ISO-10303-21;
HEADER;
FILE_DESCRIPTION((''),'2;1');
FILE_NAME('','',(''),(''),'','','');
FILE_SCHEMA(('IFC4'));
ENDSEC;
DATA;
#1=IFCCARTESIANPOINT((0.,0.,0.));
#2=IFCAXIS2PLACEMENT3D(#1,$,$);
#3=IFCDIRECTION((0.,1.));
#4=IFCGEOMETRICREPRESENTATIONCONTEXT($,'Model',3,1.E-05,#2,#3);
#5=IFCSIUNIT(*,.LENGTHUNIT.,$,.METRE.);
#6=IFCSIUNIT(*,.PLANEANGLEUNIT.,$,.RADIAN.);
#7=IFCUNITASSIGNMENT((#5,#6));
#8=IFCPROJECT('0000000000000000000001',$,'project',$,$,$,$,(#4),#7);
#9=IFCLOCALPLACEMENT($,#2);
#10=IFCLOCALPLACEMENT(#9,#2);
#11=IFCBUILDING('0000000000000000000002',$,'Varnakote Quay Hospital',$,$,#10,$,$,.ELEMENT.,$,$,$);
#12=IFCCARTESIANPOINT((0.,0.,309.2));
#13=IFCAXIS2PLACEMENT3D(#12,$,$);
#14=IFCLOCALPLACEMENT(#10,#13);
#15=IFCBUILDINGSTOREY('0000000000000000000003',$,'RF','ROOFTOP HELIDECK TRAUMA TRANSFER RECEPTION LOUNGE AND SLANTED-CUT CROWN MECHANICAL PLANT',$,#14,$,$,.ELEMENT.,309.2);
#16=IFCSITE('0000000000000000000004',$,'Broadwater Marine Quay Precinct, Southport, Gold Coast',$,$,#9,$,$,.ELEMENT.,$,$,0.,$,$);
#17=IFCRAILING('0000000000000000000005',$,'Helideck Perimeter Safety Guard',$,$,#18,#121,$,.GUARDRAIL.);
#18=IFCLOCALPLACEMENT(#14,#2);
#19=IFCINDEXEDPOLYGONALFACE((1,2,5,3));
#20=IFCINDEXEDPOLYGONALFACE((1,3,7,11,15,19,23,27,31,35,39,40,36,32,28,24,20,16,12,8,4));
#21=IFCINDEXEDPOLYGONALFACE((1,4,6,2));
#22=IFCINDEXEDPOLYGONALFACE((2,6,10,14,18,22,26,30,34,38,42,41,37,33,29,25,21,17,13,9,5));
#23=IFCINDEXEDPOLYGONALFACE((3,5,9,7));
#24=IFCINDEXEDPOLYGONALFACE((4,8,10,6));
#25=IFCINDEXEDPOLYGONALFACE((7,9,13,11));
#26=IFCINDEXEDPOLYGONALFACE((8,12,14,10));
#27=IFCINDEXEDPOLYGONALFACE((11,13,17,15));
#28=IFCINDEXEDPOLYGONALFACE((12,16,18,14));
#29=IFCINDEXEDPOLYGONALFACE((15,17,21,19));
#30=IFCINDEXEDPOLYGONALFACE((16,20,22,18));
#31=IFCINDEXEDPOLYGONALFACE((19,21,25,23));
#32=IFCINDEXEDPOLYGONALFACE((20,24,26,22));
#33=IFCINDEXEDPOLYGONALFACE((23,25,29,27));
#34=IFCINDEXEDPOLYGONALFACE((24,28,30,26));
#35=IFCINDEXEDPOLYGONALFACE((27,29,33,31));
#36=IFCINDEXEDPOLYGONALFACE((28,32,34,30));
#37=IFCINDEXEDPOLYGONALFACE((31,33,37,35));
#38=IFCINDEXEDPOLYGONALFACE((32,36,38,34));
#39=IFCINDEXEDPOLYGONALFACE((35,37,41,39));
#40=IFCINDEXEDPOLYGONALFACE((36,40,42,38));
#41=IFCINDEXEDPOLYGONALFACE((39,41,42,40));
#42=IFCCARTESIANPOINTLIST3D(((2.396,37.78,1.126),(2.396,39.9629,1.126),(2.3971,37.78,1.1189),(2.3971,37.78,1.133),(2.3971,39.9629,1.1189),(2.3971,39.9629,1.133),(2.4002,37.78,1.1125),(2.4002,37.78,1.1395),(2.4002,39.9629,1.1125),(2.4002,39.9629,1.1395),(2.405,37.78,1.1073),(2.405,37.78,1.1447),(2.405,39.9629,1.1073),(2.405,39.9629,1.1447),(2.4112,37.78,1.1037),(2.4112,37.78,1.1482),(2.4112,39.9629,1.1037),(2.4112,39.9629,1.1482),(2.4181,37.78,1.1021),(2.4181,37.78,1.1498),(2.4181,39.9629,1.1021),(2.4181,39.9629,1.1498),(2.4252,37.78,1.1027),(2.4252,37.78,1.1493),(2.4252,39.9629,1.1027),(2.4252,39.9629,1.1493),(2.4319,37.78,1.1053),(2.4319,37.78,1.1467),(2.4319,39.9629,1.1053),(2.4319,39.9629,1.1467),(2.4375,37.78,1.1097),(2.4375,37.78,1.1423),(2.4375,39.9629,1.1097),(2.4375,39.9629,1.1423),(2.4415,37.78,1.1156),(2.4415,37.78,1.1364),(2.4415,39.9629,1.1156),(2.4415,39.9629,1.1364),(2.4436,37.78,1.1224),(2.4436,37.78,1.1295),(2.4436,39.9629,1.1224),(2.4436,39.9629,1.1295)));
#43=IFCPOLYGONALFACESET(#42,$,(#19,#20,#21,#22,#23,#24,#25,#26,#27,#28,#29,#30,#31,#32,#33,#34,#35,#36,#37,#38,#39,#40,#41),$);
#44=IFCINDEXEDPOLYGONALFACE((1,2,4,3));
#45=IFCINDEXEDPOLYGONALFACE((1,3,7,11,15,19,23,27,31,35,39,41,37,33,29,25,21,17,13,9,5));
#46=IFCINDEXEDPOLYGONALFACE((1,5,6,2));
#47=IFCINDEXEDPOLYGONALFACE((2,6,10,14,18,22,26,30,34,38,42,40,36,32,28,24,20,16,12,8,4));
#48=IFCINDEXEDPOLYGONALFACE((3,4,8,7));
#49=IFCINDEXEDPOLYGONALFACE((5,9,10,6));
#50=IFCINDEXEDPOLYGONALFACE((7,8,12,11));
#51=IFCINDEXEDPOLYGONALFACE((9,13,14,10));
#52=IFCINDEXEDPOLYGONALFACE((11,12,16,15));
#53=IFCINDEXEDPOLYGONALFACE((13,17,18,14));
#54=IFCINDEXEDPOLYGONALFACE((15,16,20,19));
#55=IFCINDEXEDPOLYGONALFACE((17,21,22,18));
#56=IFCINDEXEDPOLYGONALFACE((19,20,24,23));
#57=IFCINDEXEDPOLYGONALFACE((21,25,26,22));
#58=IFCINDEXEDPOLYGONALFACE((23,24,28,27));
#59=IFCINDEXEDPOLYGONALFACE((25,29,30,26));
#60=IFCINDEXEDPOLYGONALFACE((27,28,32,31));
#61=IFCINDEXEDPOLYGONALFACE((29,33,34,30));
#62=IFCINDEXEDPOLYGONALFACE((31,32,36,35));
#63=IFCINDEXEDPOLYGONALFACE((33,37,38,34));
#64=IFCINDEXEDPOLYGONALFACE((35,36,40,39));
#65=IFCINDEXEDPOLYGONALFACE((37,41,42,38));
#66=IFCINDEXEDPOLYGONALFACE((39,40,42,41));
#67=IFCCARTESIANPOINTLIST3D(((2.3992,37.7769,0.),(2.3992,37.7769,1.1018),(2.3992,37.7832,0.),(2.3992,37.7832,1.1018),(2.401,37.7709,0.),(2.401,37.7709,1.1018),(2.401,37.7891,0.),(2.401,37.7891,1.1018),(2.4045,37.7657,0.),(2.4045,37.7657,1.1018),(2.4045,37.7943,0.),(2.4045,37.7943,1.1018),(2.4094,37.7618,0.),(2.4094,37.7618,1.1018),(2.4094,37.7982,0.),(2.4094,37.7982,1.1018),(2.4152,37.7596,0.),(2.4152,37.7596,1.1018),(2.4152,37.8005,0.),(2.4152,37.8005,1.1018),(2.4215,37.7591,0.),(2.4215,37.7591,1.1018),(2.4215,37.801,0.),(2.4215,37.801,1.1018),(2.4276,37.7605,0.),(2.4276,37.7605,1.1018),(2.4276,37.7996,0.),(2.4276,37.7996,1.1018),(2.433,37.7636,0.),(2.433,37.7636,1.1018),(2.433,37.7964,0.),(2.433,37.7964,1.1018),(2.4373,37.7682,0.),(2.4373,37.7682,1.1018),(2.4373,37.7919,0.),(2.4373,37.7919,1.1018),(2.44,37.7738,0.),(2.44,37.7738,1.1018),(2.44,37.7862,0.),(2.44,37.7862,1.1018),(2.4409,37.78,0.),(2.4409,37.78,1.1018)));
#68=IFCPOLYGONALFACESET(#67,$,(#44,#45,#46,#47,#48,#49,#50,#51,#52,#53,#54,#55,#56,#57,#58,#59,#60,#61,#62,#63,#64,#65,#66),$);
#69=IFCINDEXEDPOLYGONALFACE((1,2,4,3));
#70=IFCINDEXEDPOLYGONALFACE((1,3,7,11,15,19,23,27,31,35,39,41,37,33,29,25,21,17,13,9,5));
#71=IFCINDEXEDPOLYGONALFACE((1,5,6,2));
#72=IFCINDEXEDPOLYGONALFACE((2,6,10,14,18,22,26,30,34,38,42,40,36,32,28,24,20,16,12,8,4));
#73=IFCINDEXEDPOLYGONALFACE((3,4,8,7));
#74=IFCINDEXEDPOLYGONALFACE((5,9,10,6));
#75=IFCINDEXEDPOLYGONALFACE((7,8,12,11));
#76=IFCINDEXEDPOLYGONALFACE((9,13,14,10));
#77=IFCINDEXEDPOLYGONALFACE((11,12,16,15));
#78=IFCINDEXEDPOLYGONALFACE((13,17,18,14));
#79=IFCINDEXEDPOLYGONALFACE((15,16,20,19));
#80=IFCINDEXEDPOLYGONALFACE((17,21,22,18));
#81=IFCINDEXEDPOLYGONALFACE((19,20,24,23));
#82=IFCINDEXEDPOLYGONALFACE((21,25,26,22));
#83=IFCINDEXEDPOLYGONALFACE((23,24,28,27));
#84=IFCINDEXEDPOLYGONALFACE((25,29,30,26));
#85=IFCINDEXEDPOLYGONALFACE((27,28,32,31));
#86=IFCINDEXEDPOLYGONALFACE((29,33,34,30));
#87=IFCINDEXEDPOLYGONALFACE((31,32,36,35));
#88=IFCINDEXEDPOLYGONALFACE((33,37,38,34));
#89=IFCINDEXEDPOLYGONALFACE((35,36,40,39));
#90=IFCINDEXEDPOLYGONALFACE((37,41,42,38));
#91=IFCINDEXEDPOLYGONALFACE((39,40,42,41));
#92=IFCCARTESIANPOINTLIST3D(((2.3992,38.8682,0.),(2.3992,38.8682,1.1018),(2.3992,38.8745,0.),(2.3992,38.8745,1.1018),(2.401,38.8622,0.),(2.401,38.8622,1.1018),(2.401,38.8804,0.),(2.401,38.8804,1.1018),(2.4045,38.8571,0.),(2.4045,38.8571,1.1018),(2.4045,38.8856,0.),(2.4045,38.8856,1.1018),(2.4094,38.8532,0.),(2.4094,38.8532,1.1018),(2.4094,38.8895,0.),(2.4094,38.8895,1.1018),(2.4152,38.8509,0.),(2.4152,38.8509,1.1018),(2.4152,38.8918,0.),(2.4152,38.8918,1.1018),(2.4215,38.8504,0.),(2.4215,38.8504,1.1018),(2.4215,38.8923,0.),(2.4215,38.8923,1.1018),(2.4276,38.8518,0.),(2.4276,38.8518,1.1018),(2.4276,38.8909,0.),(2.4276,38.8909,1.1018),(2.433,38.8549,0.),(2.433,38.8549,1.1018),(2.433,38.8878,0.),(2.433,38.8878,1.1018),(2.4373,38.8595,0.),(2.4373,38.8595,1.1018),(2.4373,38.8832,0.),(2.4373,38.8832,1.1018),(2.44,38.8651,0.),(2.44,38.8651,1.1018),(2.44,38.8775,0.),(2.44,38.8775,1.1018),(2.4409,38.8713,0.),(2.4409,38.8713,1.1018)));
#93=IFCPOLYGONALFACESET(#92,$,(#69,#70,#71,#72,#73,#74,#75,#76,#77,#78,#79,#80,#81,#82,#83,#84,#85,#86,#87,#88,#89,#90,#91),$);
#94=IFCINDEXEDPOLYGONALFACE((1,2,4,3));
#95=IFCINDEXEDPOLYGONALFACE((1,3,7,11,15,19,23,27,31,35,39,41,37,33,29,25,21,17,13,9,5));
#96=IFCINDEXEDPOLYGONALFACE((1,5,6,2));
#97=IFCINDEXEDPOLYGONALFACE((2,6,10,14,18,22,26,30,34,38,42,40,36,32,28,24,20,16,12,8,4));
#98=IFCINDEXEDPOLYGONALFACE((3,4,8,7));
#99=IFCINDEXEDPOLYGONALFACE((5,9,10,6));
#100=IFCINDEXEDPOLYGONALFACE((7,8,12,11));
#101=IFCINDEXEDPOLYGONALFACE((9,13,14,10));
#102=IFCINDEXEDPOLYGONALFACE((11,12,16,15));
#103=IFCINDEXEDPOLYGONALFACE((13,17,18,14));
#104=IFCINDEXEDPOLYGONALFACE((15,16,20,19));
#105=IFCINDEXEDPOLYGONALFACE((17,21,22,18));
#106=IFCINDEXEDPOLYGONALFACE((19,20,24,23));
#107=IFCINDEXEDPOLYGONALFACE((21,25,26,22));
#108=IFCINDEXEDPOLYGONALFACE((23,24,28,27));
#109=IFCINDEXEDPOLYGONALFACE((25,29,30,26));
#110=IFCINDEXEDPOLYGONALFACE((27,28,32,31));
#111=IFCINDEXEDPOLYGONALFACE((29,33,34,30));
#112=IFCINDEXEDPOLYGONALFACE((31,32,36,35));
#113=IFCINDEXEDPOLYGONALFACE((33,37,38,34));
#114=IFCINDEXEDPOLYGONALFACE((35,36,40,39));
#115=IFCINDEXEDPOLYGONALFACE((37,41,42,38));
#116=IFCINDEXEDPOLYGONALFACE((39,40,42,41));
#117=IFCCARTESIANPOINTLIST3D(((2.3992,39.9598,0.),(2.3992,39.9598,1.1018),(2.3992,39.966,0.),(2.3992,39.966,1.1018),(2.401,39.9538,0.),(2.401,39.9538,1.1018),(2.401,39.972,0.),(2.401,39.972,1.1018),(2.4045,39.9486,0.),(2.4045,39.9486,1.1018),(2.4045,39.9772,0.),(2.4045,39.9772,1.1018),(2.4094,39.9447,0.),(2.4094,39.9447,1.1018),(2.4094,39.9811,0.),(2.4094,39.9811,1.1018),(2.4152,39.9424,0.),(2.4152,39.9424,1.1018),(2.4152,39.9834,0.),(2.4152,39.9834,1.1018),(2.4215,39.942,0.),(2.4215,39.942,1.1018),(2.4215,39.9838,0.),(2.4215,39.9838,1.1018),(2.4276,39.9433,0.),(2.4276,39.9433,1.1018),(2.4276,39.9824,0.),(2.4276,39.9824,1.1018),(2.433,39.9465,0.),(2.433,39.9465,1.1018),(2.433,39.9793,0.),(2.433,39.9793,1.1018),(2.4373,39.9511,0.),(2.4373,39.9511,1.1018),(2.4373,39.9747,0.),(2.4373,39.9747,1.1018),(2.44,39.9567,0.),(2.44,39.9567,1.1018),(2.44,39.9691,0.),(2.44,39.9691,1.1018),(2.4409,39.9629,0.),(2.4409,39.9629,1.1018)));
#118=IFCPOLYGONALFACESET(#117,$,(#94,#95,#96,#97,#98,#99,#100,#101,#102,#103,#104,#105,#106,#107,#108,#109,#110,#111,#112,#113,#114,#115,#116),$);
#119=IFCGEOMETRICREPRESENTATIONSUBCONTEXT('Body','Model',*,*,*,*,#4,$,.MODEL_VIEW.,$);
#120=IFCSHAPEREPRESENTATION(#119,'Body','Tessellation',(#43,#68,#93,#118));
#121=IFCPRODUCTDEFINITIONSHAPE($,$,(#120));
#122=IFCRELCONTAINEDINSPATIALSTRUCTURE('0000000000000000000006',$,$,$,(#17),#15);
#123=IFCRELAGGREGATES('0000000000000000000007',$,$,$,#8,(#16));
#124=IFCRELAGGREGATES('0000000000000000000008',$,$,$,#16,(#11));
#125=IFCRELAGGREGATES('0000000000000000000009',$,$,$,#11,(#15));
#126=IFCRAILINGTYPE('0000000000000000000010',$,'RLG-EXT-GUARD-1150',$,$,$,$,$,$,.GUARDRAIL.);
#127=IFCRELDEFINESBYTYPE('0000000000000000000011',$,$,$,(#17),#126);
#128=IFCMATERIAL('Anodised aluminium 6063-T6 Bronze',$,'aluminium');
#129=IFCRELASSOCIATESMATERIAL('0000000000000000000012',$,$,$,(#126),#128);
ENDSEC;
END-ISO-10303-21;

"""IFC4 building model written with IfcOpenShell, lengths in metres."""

from ifc_helpers import new_model, si_unit, direction, frame, origin, origin_2d, place, context, subcontext, project, spatial, circle, extrude, material, type_object, element, save


model = new_model("IFC4")

# Units and contexts
model_context = context("Model", 3, precision=1e-05, world=origin(), true_north=direction((0.0, 1.0)))
body_context = subcontext(model_context, "Body", "Model", "MODEL_VIEW")
ifc_project = project(units=[si_unit("LENGTHUNIT", "METRE"), si_unit("PLANEANGLEUNIT", "RADIAN")], contexts=[model_context])

# Site, building, storey
site_placement = place(None, origin())
site = spatial("IfcSite", under=ifc_project, at=site_placement, Name="Broadwater Marine Quay Precinct, Southport, Gold Coast", CompositionType="ELEMENT", RefElevation=0.0)
building_placement = place(site_placement, origin())
building = spatial("IfcBuilding", under=site, at=building_placement, Name="Varnakote Quay Hospital", CompositionType="ELEMENT")
storey_placement = place(building_placement, frame((0.0, 0.0, 309.2)))
storey = spatial("IfcBuildingStorey", under=building, at=storey_placement, Name="RF", Description="ROOFTOP HELIDECK TRAUMA TRANSFER RECEPTION LOUNGE AND SLANTED-CUT CROWN MECHANICAL PLANT", CompositionType="ELEMENT", Elevation=309.2)

# Railing
ifc_material_1 = material(Name="Anodised aluminium 6063-T6 Bronze", Category="aluminium")
railing_type = type_object("IfcRailingType", Name="RLG-EXT-GUARD-1150", PredefinedType="GUARDRAIL", material=ifc_material_1)
railing_1_placement = place(storey_placement, frame((2.4199, 37.78, 0.0)))
element("IfcRailing", 1, at=railing_1_placement, inside=storey, type_object=railing_type, Name="Helideck Perimeter Safety Guard", PredefinedType="GUARDRAIL", context=body_context, shape_type="SweptSolid", body=[
    extrude(circle(Radius=0.0239, at=origin_2d()), frame((0.0, 0.0, 1.126), z_axis=(0.0, 1.0, 0.0), x_axis=(-1.0, 0.0, 0.0)), (0.0, 0.0, 1.0), 2.1829),
    extrude(circle(Radius=0.021, at=origin_2d()), origin(), (0.0, 0.0, 1.0), 1.1018),
    extrude(circle(Radius=0.021, at=origin_2d()), frame((0.0, 1.0913, 0.0)), (0.0, 0.0, 1.0), 1.1018),
    extrude(circle(Radius=0.021, at=origin_2d()), frame((0.0, 2.1829, 0.0)), (0.0, 0.0, 1.0), 1.1018),
])

save(model, "model.ifc")
